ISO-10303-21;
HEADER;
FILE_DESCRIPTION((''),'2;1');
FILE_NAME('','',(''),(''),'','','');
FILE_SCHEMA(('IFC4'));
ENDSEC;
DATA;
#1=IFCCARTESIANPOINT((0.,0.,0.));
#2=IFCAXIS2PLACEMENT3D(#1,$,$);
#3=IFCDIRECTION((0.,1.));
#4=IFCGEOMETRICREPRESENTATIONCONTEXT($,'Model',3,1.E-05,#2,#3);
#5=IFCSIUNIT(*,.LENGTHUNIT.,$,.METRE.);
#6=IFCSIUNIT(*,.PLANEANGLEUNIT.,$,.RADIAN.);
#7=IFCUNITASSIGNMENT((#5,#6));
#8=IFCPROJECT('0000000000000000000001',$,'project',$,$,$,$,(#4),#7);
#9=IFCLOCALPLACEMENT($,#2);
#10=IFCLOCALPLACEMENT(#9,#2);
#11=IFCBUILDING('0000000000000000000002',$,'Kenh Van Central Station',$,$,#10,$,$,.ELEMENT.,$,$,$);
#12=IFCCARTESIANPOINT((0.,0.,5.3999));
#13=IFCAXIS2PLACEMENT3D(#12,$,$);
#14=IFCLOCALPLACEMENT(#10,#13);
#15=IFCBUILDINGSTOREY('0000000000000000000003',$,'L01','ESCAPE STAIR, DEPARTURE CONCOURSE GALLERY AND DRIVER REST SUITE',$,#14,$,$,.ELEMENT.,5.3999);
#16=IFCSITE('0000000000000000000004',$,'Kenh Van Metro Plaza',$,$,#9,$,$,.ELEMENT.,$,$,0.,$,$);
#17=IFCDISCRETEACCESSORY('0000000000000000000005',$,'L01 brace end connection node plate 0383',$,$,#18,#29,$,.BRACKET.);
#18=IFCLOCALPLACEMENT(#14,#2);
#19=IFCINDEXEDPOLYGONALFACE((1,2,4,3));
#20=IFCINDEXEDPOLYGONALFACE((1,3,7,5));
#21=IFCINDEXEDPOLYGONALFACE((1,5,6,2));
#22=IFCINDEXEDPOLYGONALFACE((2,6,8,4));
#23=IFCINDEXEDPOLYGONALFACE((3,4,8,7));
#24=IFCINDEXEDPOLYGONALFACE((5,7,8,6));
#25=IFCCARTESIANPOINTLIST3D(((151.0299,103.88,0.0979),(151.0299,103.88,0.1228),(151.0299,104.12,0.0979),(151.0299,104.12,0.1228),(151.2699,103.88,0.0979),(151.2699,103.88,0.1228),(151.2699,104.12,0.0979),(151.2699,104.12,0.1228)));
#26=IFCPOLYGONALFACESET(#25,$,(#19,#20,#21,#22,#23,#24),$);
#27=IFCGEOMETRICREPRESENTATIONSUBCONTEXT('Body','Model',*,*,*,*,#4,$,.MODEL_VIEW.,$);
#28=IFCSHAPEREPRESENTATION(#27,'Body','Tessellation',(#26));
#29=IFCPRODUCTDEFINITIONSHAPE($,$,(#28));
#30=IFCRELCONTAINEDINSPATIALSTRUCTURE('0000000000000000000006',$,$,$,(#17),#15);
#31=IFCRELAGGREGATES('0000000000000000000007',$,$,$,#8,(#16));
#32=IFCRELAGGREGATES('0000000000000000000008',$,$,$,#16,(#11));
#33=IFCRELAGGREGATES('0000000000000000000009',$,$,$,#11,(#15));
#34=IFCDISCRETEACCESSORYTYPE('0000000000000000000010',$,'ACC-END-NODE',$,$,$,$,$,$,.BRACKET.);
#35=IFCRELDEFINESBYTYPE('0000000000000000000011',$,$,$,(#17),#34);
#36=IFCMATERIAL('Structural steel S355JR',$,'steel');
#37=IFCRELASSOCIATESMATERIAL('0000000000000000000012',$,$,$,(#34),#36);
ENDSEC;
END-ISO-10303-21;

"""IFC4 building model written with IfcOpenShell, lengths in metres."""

from ifc_helpers import new_model, si_unit, direction, frame, origin, origin_2d, place, context, subcontext, project, spatial, rectangle, extrude, material, type_object, element, save


model = new_model("IFC4")

# Units and contexts
model_context = context("Model", 3, precision=1e-05, world=origin(), true_north=direction((0.0, 1.0)))
body_context = subcontext(model_context, "Body", "Model", "MODEL_VIEW")
ifc_project = project(units=[si_unit("LENGTHUNIT", "METRE"), si_unit("PLANEANGLEUNIT", "RADIAN")], contexts=[model_context])

# Site, building, storey
site_placement = place(None, origin())
site = spatial("IfcSite", under=ifc_project, at=site_placement, Name="Kenh Van Metro Plaza", CompositionType="ELEMENT", RefElevation=0.0)
building_placement = place(site_placement, origin())
building = spatial("IfcBuilding", under=site, at=building_placement, Name="Kenh Van Central Station", CompositionType="ELEMENT")
storey_placement = place(building_placement, frame((0.0, 0.0, 5.3999)))
storey = spatial("IfcBuildingStorey", under=building, at=storey_placement, Name="L01", Description="ESCAPE STAIR, DEPARTURE CONCOURSE GALLERY AND DRIVER REST SUITE", CompositionType="ELEMENT", Elevation=5.3999)

# Discrete accessory
ifc_material_1 = material(Name="Structural steel S355JR", Category="steel")
discrete_accessory_type = type_object("IfcDiscreteAccessoryType", Name="ACC-END-NODE", PredefinedType="BRACKET", material=ifc_material_1)
for number, where, z_axis, x_axis, name in (
    (1, (151.1499, 104.0, 0.0979), (0.0, 0.0, 1.0), (1.0, 0.0, 0.0), "L01 brace end connection node plate 0383"),
):
    element("IfcDiscreteAccessory", number, at=place(storey_placement, frame(where, z_axis=z_axis, x_axis=x_axis)), inside=storey, type_object=discrete_accessory_type, Name=name, PredefinedType="BRACKET", context=body_context, shape_type="SweptSolid", body=[
        extrude(rectangle(XDim=0.24, YDim=0.24, at=origin_2d()), origin(), (0.0, 0.0, 1.0), 0.0249),
    ])

save(model, "model.ifc")
